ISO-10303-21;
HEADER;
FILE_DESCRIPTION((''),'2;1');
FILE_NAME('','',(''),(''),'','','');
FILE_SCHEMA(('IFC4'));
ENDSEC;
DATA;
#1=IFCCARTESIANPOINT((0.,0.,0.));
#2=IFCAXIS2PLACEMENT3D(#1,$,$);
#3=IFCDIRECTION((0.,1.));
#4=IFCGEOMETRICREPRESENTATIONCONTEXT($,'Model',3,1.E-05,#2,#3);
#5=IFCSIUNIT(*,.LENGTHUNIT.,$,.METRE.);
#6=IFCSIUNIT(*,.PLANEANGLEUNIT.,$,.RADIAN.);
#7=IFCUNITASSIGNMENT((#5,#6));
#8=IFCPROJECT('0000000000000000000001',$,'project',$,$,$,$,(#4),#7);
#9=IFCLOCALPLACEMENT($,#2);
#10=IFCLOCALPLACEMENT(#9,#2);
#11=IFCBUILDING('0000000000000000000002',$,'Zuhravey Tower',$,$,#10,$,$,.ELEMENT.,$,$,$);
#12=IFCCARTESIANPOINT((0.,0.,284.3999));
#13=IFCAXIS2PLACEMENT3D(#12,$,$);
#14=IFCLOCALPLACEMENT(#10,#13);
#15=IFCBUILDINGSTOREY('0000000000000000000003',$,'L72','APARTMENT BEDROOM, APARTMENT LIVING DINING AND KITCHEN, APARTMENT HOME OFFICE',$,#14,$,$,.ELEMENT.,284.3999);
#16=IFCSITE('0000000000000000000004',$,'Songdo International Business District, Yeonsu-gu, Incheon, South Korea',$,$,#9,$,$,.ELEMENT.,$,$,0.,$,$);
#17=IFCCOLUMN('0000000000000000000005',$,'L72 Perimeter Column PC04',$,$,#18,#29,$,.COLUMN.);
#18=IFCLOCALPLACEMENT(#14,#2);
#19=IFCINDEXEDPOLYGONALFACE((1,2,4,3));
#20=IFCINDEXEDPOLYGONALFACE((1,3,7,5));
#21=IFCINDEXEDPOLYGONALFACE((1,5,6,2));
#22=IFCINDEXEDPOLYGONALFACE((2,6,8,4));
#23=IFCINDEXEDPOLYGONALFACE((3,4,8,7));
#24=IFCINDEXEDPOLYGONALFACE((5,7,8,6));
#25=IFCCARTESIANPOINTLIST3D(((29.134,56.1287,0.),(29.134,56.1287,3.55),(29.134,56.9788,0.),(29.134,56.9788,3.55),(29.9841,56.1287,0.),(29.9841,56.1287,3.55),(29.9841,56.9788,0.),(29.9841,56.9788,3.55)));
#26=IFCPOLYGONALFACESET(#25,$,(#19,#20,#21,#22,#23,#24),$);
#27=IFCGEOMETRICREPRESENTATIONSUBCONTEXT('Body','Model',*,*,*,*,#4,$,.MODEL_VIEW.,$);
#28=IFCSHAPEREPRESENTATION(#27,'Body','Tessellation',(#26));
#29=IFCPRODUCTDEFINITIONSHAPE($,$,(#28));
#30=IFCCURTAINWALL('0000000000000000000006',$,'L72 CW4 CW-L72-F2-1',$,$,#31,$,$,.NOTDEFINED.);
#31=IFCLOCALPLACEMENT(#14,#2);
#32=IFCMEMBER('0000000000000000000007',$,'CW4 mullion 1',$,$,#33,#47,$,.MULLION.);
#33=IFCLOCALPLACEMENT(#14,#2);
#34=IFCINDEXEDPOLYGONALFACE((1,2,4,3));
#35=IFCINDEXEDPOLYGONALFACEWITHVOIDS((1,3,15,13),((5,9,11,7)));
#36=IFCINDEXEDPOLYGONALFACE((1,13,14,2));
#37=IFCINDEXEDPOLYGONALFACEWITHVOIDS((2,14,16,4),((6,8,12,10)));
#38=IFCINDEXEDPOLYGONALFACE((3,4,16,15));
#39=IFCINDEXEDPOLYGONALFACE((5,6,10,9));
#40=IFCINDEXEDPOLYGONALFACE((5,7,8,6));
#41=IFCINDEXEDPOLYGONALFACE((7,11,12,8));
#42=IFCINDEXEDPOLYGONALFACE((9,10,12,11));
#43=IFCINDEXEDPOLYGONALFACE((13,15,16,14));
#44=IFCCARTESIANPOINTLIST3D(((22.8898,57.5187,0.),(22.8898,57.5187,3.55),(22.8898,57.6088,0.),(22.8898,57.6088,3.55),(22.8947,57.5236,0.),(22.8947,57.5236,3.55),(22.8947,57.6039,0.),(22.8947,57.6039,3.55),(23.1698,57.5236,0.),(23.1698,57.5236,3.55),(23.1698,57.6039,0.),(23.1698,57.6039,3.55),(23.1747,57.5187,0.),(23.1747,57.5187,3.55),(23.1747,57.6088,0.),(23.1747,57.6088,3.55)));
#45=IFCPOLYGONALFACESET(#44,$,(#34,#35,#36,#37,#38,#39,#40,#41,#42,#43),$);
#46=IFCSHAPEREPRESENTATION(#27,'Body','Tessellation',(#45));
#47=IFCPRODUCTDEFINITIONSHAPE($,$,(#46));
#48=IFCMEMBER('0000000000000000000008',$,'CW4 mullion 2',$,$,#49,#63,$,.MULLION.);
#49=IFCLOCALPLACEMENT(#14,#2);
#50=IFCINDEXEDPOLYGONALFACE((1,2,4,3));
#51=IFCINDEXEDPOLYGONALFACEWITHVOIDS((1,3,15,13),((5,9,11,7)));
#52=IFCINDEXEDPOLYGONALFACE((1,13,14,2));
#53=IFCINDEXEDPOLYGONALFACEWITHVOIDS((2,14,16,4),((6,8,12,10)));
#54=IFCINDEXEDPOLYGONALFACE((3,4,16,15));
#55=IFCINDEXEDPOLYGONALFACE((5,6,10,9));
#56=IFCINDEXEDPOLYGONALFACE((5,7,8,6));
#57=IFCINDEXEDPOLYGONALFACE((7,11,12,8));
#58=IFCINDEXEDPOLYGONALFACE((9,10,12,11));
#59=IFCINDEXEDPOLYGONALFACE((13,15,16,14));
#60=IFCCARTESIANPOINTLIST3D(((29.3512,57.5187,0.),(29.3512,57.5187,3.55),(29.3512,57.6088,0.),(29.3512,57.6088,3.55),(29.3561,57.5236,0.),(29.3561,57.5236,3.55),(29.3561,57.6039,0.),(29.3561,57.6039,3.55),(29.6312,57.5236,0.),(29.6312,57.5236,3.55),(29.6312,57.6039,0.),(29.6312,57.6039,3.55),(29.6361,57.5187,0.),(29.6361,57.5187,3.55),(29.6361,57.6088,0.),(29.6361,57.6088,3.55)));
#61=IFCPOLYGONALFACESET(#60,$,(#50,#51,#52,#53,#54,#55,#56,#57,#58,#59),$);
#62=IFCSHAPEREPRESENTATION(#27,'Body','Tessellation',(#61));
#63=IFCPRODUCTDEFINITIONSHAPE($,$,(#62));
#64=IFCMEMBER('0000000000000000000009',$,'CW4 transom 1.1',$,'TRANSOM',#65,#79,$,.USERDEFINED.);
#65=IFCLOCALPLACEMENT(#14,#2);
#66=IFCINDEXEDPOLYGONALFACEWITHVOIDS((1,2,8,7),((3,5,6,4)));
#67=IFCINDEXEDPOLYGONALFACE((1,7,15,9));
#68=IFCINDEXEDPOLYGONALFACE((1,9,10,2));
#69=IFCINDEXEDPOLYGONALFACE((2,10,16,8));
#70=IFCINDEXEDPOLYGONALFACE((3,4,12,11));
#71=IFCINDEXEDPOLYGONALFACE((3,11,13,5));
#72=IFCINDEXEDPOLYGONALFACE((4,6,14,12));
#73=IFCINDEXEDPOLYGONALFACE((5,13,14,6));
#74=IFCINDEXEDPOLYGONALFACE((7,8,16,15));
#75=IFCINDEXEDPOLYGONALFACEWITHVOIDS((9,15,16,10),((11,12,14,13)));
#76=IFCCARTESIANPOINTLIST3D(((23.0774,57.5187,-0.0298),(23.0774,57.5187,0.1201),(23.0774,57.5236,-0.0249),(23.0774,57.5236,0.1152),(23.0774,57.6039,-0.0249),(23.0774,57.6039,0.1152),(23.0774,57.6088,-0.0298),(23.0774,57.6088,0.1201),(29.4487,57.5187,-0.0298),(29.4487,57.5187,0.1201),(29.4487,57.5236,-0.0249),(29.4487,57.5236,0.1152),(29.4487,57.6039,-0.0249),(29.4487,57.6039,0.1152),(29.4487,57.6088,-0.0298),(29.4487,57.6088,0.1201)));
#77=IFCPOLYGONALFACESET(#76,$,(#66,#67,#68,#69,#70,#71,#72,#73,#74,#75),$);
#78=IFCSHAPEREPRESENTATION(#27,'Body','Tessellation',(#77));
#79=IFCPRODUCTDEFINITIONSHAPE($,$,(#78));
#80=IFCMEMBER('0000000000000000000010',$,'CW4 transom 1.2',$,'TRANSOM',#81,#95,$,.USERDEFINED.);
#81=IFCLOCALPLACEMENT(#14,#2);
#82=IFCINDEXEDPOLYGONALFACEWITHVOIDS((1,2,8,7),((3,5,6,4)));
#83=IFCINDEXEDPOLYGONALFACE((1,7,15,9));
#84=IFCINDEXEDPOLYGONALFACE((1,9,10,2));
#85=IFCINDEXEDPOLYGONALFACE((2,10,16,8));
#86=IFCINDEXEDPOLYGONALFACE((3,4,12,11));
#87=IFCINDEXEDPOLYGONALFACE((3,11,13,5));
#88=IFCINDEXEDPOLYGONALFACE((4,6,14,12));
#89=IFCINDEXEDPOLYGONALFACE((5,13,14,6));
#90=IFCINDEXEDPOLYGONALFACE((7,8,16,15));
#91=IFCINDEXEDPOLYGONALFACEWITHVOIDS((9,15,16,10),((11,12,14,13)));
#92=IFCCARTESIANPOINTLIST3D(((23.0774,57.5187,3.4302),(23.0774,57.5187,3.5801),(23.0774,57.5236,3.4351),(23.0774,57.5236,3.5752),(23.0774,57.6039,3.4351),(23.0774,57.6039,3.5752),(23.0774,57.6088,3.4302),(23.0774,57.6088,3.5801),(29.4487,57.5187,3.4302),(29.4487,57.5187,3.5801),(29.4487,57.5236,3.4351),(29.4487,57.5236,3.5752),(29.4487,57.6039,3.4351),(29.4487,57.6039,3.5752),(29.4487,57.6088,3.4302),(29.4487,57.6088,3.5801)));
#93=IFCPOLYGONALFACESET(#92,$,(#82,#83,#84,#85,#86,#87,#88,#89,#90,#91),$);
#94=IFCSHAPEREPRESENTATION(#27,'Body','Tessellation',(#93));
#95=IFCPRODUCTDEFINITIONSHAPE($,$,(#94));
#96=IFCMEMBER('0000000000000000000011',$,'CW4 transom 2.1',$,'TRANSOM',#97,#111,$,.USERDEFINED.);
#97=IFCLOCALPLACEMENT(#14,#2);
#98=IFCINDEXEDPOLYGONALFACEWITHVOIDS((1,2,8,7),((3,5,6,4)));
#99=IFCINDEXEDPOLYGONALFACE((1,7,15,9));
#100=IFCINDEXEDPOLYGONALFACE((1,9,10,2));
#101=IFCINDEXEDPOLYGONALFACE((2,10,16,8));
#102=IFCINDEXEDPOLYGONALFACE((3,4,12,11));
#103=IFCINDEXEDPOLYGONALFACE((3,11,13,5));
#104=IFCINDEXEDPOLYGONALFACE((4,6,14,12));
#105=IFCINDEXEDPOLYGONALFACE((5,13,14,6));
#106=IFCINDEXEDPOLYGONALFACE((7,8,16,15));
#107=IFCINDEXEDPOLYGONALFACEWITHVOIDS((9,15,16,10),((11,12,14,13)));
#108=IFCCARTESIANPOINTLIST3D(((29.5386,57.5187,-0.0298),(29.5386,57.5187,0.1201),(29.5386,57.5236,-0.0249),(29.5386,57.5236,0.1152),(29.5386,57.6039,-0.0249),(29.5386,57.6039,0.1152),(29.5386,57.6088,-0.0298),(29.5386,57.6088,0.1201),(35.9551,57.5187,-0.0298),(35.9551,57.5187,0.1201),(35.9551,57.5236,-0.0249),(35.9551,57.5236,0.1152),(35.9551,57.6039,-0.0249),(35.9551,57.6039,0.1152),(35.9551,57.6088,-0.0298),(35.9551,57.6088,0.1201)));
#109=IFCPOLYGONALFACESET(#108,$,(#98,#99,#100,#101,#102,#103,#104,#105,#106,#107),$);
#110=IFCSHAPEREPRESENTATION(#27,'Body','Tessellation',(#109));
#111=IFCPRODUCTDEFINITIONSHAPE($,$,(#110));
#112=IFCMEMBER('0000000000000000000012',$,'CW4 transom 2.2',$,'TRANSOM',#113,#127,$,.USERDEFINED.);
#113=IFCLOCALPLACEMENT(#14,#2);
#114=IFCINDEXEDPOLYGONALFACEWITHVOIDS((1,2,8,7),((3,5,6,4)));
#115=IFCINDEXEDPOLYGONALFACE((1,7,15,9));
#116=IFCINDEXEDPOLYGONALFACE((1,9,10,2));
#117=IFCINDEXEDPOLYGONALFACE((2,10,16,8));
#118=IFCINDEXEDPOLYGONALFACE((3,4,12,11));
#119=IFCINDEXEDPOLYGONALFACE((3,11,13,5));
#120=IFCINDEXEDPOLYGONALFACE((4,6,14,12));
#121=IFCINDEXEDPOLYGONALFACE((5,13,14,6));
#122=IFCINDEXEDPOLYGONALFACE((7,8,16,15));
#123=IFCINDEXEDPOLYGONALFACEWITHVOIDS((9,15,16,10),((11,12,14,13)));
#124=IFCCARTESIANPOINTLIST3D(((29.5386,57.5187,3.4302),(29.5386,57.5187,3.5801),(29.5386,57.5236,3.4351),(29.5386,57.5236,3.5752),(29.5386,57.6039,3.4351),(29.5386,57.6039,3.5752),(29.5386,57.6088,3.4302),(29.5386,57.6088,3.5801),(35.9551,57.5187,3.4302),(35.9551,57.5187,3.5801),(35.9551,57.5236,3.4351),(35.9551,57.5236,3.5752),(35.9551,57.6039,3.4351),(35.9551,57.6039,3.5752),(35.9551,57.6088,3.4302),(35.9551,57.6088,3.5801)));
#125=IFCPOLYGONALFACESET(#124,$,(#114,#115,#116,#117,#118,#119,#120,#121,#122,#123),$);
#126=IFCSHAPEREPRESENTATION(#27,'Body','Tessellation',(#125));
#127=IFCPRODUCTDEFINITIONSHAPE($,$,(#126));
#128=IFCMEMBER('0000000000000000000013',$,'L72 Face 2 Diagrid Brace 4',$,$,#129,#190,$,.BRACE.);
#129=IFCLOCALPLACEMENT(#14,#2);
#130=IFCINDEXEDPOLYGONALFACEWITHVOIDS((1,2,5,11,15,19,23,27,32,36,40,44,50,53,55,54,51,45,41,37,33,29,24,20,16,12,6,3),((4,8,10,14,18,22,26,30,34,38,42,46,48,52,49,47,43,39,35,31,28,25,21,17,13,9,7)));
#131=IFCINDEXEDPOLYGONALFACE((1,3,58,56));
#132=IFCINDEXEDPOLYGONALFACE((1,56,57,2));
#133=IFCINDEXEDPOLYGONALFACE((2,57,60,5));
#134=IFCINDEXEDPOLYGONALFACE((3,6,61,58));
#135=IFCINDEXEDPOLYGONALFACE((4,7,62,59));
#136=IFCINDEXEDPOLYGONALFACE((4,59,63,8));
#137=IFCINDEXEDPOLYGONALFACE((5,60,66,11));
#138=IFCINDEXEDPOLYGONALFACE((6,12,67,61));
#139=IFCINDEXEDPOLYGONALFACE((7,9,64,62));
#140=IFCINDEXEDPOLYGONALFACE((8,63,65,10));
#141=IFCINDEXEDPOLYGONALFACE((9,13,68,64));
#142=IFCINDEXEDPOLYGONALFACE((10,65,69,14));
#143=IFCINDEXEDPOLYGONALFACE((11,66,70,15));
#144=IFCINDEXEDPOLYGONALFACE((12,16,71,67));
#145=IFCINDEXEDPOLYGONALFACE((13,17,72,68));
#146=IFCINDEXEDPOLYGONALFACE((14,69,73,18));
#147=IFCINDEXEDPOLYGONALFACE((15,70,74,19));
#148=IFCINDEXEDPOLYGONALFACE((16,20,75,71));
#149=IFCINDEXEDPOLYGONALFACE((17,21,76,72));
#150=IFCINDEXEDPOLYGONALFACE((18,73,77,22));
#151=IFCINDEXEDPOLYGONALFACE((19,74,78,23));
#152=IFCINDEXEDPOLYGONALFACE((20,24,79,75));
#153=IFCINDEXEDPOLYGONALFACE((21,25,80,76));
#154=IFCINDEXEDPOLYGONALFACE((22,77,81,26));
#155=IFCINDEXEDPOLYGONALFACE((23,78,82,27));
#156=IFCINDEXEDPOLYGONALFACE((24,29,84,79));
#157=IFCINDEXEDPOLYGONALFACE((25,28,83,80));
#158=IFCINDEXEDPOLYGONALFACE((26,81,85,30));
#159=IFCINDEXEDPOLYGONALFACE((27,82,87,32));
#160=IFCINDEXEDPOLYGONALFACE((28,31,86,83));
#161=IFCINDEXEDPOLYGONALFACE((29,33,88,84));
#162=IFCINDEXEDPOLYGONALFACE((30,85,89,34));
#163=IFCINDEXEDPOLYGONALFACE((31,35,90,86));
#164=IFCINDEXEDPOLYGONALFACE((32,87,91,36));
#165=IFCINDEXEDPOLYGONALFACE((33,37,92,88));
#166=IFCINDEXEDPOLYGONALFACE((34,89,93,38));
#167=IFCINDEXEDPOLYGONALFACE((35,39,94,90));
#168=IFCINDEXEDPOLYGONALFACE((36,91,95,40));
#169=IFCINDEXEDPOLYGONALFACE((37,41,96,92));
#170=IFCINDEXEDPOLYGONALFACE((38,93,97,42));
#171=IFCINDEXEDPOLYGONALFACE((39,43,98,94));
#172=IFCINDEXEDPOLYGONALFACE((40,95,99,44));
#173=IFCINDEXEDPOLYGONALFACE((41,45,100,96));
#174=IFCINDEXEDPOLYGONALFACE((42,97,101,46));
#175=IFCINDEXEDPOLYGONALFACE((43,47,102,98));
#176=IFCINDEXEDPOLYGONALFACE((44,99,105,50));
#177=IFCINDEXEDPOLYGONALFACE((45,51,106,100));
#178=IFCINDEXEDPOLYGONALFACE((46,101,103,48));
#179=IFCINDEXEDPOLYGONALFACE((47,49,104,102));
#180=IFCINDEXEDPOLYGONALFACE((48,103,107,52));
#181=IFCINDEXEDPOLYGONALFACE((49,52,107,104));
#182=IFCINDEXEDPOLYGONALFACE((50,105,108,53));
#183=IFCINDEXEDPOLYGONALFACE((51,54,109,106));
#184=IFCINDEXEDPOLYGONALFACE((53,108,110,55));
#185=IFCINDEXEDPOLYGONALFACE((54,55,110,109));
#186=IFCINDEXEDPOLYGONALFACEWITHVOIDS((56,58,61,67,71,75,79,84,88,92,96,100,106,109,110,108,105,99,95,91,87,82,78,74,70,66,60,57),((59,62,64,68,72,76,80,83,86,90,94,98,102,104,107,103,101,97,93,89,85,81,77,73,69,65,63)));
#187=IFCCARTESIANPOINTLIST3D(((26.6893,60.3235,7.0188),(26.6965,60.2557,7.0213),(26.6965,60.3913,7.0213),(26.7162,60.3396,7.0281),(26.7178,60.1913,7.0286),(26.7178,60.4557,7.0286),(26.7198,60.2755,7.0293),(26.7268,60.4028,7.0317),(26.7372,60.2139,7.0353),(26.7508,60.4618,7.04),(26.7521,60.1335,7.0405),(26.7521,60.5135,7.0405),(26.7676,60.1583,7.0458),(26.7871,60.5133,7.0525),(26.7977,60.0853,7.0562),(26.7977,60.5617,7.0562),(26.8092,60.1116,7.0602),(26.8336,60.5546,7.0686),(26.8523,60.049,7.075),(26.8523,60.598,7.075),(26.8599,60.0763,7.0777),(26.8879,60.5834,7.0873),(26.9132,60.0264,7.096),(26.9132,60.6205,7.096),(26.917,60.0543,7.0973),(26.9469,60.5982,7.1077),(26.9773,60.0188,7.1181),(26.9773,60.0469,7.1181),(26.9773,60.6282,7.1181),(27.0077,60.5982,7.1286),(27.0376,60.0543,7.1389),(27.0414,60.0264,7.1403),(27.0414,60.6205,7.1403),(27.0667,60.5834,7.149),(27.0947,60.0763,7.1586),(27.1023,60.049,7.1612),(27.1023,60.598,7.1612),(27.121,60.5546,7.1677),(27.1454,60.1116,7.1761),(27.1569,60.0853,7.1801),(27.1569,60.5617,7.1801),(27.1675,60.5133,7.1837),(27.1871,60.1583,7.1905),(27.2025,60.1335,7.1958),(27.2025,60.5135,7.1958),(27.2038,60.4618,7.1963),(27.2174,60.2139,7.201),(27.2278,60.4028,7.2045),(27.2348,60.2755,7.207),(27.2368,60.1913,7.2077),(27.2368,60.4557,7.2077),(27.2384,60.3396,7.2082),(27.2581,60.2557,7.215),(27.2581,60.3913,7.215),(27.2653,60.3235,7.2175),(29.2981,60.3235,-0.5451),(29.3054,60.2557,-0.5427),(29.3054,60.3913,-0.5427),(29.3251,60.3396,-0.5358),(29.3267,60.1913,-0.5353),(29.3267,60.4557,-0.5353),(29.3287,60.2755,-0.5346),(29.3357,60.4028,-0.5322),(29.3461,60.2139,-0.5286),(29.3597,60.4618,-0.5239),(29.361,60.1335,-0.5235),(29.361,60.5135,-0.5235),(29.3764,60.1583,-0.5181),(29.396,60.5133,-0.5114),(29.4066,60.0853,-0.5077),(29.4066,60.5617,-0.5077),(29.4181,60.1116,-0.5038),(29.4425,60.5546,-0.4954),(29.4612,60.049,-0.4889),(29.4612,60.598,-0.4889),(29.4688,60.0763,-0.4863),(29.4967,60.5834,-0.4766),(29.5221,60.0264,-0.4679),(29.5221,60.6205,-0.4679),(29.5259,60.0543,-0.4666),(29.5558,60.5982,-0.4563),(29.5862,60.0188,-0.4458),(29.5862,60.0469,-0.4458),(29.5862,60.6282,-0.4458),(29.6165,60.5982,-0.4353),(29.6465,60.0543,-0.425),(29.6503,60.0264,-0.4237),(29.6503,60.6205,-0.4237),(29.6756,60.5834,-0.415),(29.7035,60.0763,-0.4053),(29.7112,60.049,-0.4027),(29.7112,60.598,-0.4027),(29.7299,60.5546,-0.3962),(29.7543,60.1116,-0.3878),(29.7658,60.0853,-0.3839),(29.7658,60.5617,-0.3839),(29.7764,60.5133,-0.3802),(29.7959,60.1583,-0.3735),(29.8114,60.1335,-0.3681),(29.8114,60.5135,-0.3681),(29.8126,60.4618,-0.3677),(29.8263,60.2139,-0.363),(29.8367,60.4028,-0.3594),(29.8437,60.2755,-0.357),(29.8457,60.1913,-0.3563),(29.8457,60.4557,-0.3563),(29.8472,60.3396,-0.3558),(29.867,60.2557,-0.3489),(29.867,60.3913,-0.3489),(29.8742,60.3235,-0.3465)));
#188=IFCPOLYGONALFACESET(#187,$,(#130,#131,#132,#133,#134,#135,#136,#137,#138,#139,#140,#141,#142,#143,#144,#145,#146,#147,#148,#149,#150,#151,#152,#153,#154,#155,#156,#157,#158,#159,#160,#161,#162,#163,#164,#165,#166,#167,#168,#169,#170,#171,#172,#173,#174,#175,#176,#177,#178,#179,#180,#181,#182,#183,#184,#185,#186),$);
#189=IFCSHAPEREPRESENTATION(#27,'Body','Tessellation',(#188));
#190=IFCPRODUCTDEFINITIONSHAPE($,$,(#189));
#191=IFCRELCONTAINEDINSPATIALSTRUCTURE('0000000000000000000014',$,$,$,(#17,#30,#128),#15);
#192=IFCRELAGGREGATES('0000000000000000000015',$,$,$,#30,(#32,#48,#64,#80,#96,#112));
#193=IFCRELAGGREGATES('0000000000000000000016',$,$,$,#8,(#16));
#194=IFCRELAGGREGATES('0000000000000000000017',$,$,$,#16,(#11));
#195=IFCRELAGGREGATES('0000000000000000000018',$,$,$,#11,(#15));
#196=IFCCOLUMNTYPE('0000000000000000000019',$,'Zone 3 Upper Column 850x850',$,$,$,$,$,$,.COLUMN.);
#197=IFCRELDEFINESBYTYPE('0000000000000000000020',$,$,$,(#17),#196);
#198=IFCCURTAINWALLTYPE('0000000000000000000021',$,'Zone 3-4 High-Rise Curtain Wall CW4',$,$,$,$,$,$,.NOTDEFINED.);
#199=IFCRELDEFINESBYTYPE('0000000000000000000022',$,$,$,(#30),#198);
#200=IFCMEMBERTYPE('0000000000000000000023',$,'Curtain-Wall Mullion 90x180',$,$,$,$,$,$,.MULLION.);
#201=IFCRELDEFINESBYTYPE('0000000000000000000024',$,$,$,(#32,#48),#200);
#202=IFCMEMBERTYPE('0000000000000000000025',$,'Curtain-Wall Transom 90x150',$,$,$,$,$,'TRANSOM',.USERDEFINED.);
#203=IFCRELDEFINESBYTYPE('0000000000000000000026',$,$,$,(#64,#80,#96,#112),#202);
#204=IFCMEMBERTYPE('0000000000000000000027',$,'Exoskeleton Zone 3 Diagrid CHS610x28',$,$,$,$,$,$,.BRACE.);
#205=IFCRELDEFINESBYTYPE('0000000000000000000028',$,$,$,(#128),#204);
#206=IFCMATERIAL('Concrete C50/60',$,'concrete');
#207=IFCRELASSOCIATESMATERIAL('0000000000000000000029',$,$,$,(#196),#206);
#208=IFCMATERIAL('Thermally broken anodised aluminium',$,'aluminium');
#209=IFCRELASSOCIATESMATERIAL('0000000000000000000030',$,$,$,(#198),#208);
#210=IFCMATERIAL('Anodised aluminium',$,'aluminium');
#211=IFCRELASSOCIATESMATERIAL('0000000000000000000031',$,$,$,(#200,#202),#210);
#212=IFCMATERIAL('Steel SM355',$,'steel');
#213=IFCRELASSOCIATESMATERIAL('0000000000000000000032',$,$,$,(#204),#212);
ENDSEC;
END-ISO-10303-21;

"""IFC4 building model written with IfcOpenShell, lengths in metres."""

from ifc_helpers import new_model, si_unit, direction, frame, origin, origin_2d, place, context, subcontext, project, spatial, rectangle, hollow_rectangle, hollow_circle, extrude, material, material_profile, profile_set, type_object, element, aggregate, save


model = new_model("IFC4")

# Units and contexts
model_context = context("Model", 3, precision=1e-05, world=origin(), true_north=direction((0.0, 1.0)))
body_context = subcontext(model_context, "Body", "Model", "MODEL_VIEW")
ifc_project = project(units=[si_unit("LENGTHUNIT", "METRE"), si_unit("PLANEANGLEUNIT", "RADIAN")], contexts=[model_context])

# Site, building, storey
site_placement = place(None, origin())
site = spatial("IfcSite", under=ifc_project, at=site_placement, Name="Songdo International Business District, Yeonsu-gu, Incheon, South Korea", CompositionType="ELEMENT", RefElevation=0.0)
building_placement = place(site_placement, origin())
building = spatial("IfcBuilding", under=site, at=building_placement, Name="Zuhravey Tower", CompositionType="ELEMENT")
storey_placement = place(building_placement, frame((0.0, 0.0, 284.3999)))
storey = spatial("IfcBuildingStorey", under=building, at=storey_placement, Name="L72", Description="APARTMENT BEDROOM, APARTMENT LIVING DINING AND KITCHEN, APARTMENT HOME OFFICE", CompositionType="ELEMENT", Elevation=284.3999)

# Column
ifc_material_1 = material(Name="Concrete C50/60", Category="concrete")
ifc_material_profile_1 = material_profile(ifc_material_1, rectangle(XDim=0.8501, YDim=0.8501, at=origin_2d()), Name="RC-850x850")
ifc_profile_set_1 = profile_set([ifc_material_profile_1], Name="Concrete C50/60")
column_type = type_object("IfcColumnType", Name="Zone 3 Upper Column 850x850", PredefinedType="COLUMN", material=ifc_profile_set_1)
column_placement = place(storey_placement, frame((29.5591, 56.5537, 0.0), z_axis=(0.0, 0.0, 1.0), x_axis=(-1.0, 0.0, 0.0)))
element("IfcColumn", 1, at=column_placement, inside=storey, type_object=column_type, Name="L72 Perimeter Column PC04", PredefinedType="COLUMN", context=body_context, shape_type="SweptSolid", body=[
    extrude(rectangle(XDim=0.8501, YDim=0.8501, at=origin_2d()), origin(), (0.0, 0.0, 1.0), 3.55),
])

# Curtain wall, members
ifc_material_2 = material(Name="Thermally broken anodised aluminium", Category="aluminium")
curtain_wall_type = type_object("IfcCurtainWallType", Name="Zone 3-4 High-Rise Curtain Wall CW4", PredefinedType="NOTDEFINED", material=ifc_material_2)
curtain_wall_placement = place(storey_placement, origin())
curtain_wall = element("IfcCurtainWall", 2, at=curtain_wall_placement, inside=storey, type_object=curtain_wall_type, Name="L72 CW4 CW-L72-F2-1", PredefinedType="NOTDEFINED")
ifc_material_3 = material(Name="Anodised aluminium", Category="aluminium")
ifc_material_profile_2 = material_profile(ifc_material_3, hollow_rectangle(XDim=0.0901, YDim=0.2849, WallThickness=0.0049, at=origin_2d()), Name="ALU-RHS-90x285x5")
ifc_profile_set_2 = profile_set([ifc_material_profile_2], Name="Anodised aluminium")
member_type_1 = type_object("IfcMemberType", Name="Curtain-Wall Mullion 90x180", PredefinedType="MULLION", material=ifc_profile_set_2)
member_1_placement = place(storey_placement, frame((23.0322, 57.5637, 0.0), z_axis=(0.0, 0.0, 1.0), x_axis=(0.0, 1.0, 0.0)))
member_1 = element("IfcMember", 3, at=member_1_placement, type_object=member_type_1, Name="CW4 mullion 1", PredefinedType="MULLION", context=body_context, shape_type="SweptSolid", body=[
    extrude(hollow_rectangle(XDim=0.0901, YDim=0.2849, WallThickness=0.0049, at=origin_2d()), origin(), (0.0, 0.0, 1.0), 3.55),
])
member_2_placement = place(storey_placement, frame((29.4937, 57.5637, 0.0), z_axis=(0.0, 0.0, 1.0), x_axis=(0.0, 1.0, 0.0)))
member_2 = element("IfcMember", 4, at=member_2_placement, type_object=member_type_1, Name="CW4 mullion 2", PredefinedType="MULLION", context=body_context, shape_type="SweptSolid", body=[
    extrude(hollow_rectangle(XDim=0.0901, YDim=0.2849, WallThickness=0.0049, at=origin_2d()), origin(), (0.0, 0.0, 1.0), 3.55),
])
ifc_material_profile_3 = material_profile(ifc_material_3, hollow_rectangle(XDim=0.0901, YDim=0.1499, WallThickness=0.0049, at=origin_2d()), Name="ALU-RHS-90x150x5")
ifc_profile_set_3 = profile_set([ifc_material_profile_3], Name="Anodised aluminium")
member_type_2 = type_object("IfcMemberType", Name="Curtain-Wall Transom 90x150", ElementType="TRANSOM", PredefinedType="USERDEFINED", material=ifc_profile_set_3)
member_3_placement = place(storey_placement, frame((23.0774, 57.5637, 0.0452), z_axis=(1.0, 0.0, 0.0), x_axis=(0.0, 1.0, 0.0)))
member_3 = element("IfcMember", 5, at=member_3_placement, type_object=member_type_2, Name="CW4 transom 1.1", ObjectType="TRANSOM", PredefinedType="USERDEFINED", context=body_context, shape_type="SweptSolid", body=[
    extrude(hollow_rectangle(XDim=0.0901, YDim=0.1499, WallThickness=0.0049, at=origin_2d()), origin(), (0.0, 0.0, 1.0), 6.3713),
])
member_4_placement = place(storey_placement, frame((23.0774, 57.5637, 3.5051), z_axis=(1.0, 0.0, 0.0), x_axis=(0.0, 1.0, 0.0)))
member_4 = element("IfcMember", 6, at=member_4_placement, type_object=member_type_2, Name="CW4 transom 1.2", ObjectType="TRANSOM", PredefinedType="USERDEFINED", context=body_context, shape_type="SweptSolid", body=[
    extrude(hollow_rectangle(XDim=0.0901, YDim=0.1499, WallThickness=0.0049, at=origin_2d()), origin(), (0.0, 0.0, 1.0), 6.3713),
])
member_5_placement = place(storey_placement, frame((29.5386, 57.5637, 0.0452), z_axis=(1.0, 0.0, 0.0), x_axis=(0.0, 1.0, 0.0)))
member_5 = element("IfcMember", 7, at=member_5_placement, type_object=member_type_2, Name="CW4 transom 2.1", ObjectType="TRANSOM", PredefinedType="USERDEFINED", context=body_context, shape_type="SweptSolid", body=[
    extrude(hollow_rectangle(XDim=0.0901, YDim=0.1499, WallThickness=0.0049, at=origin_2d()), origin(), (0.0, 0.0, 1.0), 6.4165),
])
member_6_placement = place(storey_placement, frame((29.5386, 57.5637, 3.5051), z_axis=(1.0, 0.0, 0.0), x_axis=(0.0, 1.0, 0.0)))
member_6 = element("IfcMember", 8, at=member_6_placement, type_object=member_type_2, Name="CW4 transom 2.2", ObjectType="TRANSOM", PredefinedType="USERDEFINED", context=body_context, shape_type="SweptSolid", body=[
    extrude(hollow_rectangle(XDim=0.0901, YDim=0.1499, WallThickness=0.0049, at=origin_2d()), origin(), (0.0, 0.0, 1.0), 6.4165),
])

# Member
ifc_material_4 = material(Name="Steel SM355", Category="steel")
ifc_material_profile_4 = material_profile(ifc_material_4, hollow_circle(Radius=0.3047, WallThickness=0.0281, at=origin_2d()), Name="CHS-609.6x28")
ifc_profile_set_4 = profile_set([ifc_material_profile_4], Name="Steel SM355")
member_type_3 = type_object("IfcMemberType", Name="Exoskeleton Zone 3 Diagrid CHS610x28", PredefinedType="BRACE", material=ifc_profile_set_4)
member_7_placement = place(storey_placement, frame((29.5862, 60.3235, -0.4458), z_axis=(-0.32606, 0.0, 0.945349), x_axis=(0.0, -1.0, 0.0)))
element("IfcMember", 9, at=member_7_placement, inside=storey, type_object=member_type_3, Name="L72 Face 2 Diagrid Brace 4", PredefinedType="BRACE", context=body_context, shape_type="SweptSolid", body=[
    extrude(hollow_circle(Radius=0.3047, WallThickness=0.0281, at=origin_2d()), origin(), (0.0, 0.0, 1.0), 8.0012),
])

aggregate(curtain_wall, [member_1, member_2, member_3, member_4, member_5, member_6])

save(model, "model.ifc")
